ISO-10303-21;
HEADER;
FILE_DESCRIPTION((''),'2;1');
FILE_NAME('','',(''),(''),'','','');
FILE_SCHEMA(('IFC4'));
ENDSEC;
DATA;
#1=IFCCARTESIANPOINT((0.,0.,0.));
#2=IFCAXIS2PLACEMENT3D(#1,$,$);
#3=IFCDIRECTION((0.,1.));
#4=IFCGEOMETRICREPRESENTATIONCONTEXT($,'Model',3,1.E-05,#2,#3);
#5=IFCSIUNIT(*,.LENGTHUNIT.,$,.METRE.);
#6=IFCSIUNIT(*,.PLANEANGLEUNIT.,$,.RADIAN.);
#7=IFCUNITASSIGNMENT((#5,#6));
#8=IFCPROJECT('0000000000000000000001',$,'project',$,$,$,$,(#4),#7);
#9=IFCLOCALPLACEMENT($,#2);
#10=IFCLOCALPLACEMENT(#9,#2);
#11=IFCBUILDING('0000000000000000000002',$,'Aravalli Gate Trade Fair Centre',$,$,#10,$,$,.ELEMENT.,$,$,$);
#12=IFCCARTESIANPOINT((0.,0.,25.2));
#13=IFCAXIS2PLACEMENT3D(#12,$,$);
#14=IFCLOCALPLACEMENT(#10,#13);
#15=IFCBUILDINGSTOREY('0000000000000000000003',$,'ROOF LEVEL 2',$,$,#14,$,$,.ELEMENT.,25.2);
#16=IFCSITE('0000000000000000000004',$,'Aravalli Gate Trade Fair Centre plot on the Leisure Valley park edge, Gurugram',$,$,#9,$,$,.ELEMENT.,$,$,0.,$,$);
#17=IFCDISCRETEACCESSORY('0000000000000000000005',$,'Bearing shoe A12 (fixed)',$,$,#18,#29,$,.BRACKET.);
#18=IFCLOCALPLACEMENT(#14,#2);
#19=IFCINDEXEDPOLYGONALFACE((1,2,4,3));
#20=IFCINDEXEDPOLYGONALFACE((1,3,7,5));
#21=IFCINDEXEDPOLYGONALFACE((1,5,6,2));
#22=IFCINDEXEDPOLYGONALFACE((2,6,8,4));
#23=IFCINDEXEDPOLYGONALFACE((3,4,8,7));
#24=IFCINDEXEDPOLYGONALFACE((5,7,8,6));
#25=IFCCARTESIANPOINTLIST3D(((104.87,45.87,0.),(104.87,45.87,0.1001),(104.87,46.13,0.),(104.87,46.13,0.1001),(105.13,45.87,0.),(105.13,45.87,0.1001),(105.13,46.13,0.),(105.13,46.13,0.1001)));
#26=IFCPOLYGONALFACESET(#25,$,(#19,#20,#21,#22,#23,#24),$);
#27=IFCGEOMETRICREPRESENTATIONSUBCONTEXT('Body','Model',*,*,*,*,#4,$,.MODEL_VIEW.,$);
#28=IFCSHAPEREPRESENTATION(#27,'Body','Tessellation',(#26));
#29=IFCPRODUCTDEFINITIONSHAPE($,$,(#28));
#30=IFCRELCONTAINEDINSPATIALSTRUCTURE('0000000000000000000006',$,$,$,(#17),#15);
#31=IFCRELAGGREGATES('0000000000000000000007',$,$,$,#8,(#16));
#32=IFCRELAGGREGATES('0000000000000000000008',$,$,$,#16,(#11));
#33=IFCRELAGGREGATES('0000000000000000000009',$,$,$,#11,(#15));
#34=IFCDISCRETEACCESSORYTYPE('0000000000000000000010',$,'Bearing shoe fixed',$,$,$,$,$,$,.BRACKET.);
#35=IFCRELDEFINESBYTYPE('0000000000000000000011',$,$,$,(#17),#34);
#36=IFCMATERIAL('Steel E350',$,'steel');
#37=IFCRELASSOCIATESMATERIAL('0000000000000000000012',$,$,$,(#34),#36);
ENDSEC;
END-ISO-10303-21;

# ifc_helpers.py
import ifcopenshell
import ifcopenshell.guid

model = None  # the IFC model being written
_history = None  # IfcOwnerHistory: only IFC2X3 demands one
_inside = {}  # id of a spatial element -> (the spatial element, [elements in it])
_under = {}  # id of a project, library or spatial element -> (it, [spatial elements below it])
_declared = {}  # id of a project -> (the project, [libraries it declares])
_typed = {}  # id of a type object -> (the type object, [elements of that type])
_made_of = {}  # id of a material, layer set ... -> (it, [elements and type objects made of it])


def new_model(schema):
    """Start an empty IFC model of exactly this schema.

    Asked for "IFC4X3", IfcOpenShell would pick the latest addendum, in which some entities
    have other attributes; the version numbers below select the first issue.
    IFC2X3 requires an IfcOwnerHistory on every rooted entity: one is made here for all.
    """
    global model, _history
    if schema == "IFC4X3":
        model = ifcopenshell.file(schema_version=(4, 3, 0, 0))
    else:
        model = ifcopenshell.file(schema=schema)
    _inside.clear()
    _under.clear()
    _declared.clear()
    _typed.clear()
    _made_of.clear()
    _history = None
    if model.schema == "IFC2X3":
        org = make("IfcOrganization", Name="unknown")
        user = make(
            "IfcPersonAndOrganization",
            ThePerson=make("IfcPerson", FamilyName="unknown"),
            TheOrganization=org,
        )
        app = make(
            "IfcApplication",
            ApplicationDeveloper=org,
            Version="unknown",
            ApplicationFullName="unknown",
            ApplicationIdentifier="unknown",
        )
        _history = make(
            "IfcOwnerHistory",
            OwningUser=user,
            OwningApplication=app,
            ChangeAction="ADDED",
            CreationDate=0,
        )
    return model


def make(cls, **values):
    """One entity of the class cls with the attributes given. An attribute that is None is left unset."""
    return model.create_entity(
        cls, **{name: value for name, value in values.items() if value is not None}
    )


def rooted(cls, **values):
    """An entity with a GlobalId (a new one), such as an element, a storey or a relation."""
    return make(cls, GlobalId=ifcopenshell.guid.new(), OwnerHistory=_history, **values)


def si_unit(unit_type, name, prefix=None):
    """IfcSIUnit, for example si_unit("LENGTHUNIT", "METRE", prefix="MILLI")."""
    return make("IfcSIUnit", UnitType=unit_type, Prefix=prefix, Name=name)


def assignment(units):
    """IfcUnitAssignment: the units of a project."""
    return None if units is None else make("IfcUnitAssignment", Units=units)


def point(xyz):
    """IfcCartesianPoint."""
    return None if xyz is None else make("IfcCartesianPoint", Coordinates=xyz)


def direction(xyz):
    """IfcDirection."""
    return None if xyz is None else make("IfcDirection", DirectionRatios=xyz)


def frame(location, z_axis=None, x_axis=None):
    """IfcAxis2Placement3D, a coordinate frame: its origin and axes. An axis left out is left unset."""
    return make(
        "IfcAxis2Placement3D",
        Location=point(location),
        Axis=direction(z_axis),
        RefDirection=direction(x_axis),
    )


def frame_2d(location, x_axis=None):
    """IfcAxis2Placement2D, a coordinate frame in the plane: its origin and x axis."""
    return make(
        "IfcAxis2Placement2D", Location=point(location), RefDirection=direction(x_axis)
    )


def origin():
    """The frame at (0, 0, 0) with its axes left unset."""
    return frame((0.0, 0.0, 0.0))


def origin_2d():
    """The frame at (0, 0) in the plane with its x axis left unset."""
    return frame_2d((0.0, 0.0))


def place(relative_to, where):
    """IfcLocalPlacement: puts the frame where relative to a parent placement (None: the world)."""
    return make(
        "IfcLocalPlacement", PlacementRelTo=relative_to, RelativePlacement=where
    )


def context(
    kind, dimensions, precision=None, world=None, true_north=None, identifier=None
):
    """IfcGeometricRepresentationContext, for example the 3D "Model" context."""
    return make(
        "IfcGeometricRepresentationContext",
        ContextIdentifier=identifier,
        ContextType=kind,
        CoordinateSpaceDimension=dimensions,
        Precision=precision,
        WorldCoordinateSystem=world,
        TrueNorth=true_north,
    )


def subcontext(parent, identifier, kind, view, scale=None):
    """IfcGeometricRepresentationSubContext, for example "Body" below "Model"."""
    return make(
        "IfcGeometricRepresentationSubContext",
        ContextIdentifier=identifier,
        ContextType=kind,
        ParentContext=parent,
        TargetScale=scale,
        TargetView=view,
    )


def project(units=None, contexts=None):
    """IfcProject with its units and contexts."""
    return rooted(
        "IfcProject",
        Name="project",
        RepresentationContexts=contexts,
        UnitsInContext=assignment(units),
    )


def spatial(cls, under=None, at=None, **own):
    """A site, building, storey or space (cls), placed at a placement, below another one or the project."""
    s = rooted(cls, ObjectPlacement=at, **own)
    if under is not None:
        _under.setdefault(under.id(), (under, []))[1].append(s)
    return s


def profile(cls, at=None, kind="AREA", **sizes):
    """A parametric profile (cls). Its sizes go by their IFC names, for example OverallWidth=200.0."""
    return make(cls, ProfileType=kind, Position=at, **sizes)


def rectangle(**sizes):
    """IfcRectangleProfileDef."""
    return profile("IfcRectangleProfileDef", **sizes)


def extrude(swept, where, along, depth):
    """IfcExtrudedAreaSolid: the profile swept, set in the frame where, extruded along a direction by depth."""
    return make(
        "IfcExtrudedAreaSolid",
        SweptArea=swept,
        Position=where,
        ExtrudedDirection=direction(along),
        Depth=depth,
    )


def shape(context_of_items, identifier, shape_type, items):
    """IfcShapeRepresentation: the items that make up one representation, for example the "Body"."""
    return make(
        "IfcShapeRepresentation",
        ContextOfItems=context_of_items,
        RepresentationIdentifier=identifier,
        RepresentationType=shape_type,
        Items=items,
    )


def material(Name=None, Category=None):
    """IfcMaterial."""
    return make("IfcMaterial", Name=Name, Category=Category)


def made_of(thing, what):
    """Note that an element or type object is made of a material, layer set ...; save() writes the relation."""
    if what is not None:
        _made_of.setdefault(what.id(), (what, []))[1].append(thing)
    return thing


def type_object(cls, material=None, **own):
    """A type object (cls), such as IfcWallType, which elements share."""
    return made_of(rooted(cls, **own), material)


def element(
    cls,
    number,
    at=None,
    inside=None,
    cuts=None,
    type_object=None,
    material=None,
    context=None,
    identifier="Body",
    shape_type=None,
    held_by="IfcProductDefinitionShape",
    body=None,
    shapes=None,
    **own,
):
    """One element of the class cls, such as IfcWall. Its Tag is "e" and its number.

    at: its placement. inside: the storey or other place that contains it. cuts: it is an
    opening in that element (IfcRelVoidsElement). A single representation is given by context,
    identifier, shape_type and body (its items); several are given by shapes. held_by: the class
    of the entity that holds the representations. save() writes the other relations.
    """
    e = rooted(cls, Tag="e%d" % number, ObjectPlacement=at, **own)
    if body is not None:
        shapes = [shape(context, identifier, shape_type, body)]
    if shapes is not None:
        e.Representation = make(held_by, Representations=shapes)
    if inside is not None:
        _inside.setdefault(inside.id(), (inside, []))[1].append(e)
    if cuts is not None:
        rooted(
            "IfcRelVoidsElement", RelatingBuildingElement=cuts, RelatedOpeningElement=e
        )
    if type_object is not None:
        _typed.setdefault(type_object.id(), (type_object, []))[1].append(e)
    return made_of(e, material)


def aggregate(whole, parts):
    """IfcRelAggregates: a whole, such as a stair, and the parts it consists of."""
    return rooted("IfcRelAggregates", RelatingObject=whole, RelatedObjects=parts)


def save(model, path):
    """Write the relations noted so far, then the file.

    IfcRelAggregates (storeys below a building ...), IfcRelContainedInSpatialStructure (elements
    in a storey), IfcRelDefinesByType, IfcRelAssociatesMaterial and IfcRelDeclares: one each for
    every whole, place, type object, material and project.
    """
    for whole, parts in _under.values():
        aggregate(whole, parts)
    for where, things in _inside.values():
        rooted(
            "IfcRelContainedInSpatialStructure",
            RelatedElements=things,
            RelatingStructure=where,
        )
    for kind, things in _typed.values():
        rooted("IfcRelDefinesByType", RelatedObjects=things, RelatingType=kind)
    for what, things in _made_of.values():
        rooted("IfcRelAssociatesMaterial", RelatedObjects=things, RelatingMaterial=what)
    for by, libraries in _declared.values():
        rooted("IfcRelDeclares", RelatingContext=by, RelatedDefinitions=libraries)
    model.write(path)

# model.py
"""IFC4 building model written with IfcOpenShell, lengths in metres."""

from ifc_helpers import new_model, si_unit, direction, frame, origin, origin_2d, place, context, subcontext, project, spatial, rectangle, extrude, material, type_object, element, save


model = new_model("IFC4")

# Units and contexts
model_context = context("Model", 3, precision=1e-05, world=origin(), true_north=direction((0.0, 1.0)))
body_context = subcontext(model_context, "Body", "Model", "MODEL_VIEW")
ifc_project = project(units=[si_unit("LENGTHUNIT", "METRE"), si_unit("PLANEANGLEUNIT", "RADIAN")], contexts=[model_context])

# Site, building, storey
site_placement = place(None, origin())
site = spatial("IfcSite", under=ifc_project, at=site_placement, Name="Aravalli Gate Trade Fair Centre plot on the Leisure Valley park edge, Gurugram", CompositionType="ELEMENT", RefElevation=0.0)
building_placement = place(site_placement, origin())
building = spatial("IfcBuilding", under=site, at=building_placement, Name="Aravalli Gate Trade Fair Centre", CompositionType="ELEMENT")
storey_placement = place(building_placement, frame((0.0, 0.0, 25.2)))
storey = spatial("IfcBuildingStorey", under=building, at=storey_placement, Name="ROOF LEVEL 2", CompositionType="ELEMENT", Elevation=25.2)

# Shared definitions
ifc_material_1 = material(Name="Steel E350", Category="steel")

# Discrete accessory
discrete_accessory_type = type_object("IfcDiscreteAccessoryType", Name="Bearing shoe fixed", PredefinedType="BRACKET", material=ifc_material_1)
discrete_accessory_placement = place(storey_placement, frame((105.0, 46.0, 0.0), z_axis=(0.0, 0.0, 1.0), x_axis=(1.0, 0.0, 0.0)))
element("IfcDiscreteAccessory", 1, at=discrete_accessory_placement, inside=storey, type_object=discrete_accessory_type, Name="Bearing shoe A12 (fixed)", PredefinedType="BRACKET", context=body_context, shape_type="SweptSolid", body=[
    extrude(rectangle(XDim=0.26, YDim=0.26, at=origin_2d()), origin(), (0.0, 0.0, 1.0), 0.1001),
])

save(model, "model.ifc")
